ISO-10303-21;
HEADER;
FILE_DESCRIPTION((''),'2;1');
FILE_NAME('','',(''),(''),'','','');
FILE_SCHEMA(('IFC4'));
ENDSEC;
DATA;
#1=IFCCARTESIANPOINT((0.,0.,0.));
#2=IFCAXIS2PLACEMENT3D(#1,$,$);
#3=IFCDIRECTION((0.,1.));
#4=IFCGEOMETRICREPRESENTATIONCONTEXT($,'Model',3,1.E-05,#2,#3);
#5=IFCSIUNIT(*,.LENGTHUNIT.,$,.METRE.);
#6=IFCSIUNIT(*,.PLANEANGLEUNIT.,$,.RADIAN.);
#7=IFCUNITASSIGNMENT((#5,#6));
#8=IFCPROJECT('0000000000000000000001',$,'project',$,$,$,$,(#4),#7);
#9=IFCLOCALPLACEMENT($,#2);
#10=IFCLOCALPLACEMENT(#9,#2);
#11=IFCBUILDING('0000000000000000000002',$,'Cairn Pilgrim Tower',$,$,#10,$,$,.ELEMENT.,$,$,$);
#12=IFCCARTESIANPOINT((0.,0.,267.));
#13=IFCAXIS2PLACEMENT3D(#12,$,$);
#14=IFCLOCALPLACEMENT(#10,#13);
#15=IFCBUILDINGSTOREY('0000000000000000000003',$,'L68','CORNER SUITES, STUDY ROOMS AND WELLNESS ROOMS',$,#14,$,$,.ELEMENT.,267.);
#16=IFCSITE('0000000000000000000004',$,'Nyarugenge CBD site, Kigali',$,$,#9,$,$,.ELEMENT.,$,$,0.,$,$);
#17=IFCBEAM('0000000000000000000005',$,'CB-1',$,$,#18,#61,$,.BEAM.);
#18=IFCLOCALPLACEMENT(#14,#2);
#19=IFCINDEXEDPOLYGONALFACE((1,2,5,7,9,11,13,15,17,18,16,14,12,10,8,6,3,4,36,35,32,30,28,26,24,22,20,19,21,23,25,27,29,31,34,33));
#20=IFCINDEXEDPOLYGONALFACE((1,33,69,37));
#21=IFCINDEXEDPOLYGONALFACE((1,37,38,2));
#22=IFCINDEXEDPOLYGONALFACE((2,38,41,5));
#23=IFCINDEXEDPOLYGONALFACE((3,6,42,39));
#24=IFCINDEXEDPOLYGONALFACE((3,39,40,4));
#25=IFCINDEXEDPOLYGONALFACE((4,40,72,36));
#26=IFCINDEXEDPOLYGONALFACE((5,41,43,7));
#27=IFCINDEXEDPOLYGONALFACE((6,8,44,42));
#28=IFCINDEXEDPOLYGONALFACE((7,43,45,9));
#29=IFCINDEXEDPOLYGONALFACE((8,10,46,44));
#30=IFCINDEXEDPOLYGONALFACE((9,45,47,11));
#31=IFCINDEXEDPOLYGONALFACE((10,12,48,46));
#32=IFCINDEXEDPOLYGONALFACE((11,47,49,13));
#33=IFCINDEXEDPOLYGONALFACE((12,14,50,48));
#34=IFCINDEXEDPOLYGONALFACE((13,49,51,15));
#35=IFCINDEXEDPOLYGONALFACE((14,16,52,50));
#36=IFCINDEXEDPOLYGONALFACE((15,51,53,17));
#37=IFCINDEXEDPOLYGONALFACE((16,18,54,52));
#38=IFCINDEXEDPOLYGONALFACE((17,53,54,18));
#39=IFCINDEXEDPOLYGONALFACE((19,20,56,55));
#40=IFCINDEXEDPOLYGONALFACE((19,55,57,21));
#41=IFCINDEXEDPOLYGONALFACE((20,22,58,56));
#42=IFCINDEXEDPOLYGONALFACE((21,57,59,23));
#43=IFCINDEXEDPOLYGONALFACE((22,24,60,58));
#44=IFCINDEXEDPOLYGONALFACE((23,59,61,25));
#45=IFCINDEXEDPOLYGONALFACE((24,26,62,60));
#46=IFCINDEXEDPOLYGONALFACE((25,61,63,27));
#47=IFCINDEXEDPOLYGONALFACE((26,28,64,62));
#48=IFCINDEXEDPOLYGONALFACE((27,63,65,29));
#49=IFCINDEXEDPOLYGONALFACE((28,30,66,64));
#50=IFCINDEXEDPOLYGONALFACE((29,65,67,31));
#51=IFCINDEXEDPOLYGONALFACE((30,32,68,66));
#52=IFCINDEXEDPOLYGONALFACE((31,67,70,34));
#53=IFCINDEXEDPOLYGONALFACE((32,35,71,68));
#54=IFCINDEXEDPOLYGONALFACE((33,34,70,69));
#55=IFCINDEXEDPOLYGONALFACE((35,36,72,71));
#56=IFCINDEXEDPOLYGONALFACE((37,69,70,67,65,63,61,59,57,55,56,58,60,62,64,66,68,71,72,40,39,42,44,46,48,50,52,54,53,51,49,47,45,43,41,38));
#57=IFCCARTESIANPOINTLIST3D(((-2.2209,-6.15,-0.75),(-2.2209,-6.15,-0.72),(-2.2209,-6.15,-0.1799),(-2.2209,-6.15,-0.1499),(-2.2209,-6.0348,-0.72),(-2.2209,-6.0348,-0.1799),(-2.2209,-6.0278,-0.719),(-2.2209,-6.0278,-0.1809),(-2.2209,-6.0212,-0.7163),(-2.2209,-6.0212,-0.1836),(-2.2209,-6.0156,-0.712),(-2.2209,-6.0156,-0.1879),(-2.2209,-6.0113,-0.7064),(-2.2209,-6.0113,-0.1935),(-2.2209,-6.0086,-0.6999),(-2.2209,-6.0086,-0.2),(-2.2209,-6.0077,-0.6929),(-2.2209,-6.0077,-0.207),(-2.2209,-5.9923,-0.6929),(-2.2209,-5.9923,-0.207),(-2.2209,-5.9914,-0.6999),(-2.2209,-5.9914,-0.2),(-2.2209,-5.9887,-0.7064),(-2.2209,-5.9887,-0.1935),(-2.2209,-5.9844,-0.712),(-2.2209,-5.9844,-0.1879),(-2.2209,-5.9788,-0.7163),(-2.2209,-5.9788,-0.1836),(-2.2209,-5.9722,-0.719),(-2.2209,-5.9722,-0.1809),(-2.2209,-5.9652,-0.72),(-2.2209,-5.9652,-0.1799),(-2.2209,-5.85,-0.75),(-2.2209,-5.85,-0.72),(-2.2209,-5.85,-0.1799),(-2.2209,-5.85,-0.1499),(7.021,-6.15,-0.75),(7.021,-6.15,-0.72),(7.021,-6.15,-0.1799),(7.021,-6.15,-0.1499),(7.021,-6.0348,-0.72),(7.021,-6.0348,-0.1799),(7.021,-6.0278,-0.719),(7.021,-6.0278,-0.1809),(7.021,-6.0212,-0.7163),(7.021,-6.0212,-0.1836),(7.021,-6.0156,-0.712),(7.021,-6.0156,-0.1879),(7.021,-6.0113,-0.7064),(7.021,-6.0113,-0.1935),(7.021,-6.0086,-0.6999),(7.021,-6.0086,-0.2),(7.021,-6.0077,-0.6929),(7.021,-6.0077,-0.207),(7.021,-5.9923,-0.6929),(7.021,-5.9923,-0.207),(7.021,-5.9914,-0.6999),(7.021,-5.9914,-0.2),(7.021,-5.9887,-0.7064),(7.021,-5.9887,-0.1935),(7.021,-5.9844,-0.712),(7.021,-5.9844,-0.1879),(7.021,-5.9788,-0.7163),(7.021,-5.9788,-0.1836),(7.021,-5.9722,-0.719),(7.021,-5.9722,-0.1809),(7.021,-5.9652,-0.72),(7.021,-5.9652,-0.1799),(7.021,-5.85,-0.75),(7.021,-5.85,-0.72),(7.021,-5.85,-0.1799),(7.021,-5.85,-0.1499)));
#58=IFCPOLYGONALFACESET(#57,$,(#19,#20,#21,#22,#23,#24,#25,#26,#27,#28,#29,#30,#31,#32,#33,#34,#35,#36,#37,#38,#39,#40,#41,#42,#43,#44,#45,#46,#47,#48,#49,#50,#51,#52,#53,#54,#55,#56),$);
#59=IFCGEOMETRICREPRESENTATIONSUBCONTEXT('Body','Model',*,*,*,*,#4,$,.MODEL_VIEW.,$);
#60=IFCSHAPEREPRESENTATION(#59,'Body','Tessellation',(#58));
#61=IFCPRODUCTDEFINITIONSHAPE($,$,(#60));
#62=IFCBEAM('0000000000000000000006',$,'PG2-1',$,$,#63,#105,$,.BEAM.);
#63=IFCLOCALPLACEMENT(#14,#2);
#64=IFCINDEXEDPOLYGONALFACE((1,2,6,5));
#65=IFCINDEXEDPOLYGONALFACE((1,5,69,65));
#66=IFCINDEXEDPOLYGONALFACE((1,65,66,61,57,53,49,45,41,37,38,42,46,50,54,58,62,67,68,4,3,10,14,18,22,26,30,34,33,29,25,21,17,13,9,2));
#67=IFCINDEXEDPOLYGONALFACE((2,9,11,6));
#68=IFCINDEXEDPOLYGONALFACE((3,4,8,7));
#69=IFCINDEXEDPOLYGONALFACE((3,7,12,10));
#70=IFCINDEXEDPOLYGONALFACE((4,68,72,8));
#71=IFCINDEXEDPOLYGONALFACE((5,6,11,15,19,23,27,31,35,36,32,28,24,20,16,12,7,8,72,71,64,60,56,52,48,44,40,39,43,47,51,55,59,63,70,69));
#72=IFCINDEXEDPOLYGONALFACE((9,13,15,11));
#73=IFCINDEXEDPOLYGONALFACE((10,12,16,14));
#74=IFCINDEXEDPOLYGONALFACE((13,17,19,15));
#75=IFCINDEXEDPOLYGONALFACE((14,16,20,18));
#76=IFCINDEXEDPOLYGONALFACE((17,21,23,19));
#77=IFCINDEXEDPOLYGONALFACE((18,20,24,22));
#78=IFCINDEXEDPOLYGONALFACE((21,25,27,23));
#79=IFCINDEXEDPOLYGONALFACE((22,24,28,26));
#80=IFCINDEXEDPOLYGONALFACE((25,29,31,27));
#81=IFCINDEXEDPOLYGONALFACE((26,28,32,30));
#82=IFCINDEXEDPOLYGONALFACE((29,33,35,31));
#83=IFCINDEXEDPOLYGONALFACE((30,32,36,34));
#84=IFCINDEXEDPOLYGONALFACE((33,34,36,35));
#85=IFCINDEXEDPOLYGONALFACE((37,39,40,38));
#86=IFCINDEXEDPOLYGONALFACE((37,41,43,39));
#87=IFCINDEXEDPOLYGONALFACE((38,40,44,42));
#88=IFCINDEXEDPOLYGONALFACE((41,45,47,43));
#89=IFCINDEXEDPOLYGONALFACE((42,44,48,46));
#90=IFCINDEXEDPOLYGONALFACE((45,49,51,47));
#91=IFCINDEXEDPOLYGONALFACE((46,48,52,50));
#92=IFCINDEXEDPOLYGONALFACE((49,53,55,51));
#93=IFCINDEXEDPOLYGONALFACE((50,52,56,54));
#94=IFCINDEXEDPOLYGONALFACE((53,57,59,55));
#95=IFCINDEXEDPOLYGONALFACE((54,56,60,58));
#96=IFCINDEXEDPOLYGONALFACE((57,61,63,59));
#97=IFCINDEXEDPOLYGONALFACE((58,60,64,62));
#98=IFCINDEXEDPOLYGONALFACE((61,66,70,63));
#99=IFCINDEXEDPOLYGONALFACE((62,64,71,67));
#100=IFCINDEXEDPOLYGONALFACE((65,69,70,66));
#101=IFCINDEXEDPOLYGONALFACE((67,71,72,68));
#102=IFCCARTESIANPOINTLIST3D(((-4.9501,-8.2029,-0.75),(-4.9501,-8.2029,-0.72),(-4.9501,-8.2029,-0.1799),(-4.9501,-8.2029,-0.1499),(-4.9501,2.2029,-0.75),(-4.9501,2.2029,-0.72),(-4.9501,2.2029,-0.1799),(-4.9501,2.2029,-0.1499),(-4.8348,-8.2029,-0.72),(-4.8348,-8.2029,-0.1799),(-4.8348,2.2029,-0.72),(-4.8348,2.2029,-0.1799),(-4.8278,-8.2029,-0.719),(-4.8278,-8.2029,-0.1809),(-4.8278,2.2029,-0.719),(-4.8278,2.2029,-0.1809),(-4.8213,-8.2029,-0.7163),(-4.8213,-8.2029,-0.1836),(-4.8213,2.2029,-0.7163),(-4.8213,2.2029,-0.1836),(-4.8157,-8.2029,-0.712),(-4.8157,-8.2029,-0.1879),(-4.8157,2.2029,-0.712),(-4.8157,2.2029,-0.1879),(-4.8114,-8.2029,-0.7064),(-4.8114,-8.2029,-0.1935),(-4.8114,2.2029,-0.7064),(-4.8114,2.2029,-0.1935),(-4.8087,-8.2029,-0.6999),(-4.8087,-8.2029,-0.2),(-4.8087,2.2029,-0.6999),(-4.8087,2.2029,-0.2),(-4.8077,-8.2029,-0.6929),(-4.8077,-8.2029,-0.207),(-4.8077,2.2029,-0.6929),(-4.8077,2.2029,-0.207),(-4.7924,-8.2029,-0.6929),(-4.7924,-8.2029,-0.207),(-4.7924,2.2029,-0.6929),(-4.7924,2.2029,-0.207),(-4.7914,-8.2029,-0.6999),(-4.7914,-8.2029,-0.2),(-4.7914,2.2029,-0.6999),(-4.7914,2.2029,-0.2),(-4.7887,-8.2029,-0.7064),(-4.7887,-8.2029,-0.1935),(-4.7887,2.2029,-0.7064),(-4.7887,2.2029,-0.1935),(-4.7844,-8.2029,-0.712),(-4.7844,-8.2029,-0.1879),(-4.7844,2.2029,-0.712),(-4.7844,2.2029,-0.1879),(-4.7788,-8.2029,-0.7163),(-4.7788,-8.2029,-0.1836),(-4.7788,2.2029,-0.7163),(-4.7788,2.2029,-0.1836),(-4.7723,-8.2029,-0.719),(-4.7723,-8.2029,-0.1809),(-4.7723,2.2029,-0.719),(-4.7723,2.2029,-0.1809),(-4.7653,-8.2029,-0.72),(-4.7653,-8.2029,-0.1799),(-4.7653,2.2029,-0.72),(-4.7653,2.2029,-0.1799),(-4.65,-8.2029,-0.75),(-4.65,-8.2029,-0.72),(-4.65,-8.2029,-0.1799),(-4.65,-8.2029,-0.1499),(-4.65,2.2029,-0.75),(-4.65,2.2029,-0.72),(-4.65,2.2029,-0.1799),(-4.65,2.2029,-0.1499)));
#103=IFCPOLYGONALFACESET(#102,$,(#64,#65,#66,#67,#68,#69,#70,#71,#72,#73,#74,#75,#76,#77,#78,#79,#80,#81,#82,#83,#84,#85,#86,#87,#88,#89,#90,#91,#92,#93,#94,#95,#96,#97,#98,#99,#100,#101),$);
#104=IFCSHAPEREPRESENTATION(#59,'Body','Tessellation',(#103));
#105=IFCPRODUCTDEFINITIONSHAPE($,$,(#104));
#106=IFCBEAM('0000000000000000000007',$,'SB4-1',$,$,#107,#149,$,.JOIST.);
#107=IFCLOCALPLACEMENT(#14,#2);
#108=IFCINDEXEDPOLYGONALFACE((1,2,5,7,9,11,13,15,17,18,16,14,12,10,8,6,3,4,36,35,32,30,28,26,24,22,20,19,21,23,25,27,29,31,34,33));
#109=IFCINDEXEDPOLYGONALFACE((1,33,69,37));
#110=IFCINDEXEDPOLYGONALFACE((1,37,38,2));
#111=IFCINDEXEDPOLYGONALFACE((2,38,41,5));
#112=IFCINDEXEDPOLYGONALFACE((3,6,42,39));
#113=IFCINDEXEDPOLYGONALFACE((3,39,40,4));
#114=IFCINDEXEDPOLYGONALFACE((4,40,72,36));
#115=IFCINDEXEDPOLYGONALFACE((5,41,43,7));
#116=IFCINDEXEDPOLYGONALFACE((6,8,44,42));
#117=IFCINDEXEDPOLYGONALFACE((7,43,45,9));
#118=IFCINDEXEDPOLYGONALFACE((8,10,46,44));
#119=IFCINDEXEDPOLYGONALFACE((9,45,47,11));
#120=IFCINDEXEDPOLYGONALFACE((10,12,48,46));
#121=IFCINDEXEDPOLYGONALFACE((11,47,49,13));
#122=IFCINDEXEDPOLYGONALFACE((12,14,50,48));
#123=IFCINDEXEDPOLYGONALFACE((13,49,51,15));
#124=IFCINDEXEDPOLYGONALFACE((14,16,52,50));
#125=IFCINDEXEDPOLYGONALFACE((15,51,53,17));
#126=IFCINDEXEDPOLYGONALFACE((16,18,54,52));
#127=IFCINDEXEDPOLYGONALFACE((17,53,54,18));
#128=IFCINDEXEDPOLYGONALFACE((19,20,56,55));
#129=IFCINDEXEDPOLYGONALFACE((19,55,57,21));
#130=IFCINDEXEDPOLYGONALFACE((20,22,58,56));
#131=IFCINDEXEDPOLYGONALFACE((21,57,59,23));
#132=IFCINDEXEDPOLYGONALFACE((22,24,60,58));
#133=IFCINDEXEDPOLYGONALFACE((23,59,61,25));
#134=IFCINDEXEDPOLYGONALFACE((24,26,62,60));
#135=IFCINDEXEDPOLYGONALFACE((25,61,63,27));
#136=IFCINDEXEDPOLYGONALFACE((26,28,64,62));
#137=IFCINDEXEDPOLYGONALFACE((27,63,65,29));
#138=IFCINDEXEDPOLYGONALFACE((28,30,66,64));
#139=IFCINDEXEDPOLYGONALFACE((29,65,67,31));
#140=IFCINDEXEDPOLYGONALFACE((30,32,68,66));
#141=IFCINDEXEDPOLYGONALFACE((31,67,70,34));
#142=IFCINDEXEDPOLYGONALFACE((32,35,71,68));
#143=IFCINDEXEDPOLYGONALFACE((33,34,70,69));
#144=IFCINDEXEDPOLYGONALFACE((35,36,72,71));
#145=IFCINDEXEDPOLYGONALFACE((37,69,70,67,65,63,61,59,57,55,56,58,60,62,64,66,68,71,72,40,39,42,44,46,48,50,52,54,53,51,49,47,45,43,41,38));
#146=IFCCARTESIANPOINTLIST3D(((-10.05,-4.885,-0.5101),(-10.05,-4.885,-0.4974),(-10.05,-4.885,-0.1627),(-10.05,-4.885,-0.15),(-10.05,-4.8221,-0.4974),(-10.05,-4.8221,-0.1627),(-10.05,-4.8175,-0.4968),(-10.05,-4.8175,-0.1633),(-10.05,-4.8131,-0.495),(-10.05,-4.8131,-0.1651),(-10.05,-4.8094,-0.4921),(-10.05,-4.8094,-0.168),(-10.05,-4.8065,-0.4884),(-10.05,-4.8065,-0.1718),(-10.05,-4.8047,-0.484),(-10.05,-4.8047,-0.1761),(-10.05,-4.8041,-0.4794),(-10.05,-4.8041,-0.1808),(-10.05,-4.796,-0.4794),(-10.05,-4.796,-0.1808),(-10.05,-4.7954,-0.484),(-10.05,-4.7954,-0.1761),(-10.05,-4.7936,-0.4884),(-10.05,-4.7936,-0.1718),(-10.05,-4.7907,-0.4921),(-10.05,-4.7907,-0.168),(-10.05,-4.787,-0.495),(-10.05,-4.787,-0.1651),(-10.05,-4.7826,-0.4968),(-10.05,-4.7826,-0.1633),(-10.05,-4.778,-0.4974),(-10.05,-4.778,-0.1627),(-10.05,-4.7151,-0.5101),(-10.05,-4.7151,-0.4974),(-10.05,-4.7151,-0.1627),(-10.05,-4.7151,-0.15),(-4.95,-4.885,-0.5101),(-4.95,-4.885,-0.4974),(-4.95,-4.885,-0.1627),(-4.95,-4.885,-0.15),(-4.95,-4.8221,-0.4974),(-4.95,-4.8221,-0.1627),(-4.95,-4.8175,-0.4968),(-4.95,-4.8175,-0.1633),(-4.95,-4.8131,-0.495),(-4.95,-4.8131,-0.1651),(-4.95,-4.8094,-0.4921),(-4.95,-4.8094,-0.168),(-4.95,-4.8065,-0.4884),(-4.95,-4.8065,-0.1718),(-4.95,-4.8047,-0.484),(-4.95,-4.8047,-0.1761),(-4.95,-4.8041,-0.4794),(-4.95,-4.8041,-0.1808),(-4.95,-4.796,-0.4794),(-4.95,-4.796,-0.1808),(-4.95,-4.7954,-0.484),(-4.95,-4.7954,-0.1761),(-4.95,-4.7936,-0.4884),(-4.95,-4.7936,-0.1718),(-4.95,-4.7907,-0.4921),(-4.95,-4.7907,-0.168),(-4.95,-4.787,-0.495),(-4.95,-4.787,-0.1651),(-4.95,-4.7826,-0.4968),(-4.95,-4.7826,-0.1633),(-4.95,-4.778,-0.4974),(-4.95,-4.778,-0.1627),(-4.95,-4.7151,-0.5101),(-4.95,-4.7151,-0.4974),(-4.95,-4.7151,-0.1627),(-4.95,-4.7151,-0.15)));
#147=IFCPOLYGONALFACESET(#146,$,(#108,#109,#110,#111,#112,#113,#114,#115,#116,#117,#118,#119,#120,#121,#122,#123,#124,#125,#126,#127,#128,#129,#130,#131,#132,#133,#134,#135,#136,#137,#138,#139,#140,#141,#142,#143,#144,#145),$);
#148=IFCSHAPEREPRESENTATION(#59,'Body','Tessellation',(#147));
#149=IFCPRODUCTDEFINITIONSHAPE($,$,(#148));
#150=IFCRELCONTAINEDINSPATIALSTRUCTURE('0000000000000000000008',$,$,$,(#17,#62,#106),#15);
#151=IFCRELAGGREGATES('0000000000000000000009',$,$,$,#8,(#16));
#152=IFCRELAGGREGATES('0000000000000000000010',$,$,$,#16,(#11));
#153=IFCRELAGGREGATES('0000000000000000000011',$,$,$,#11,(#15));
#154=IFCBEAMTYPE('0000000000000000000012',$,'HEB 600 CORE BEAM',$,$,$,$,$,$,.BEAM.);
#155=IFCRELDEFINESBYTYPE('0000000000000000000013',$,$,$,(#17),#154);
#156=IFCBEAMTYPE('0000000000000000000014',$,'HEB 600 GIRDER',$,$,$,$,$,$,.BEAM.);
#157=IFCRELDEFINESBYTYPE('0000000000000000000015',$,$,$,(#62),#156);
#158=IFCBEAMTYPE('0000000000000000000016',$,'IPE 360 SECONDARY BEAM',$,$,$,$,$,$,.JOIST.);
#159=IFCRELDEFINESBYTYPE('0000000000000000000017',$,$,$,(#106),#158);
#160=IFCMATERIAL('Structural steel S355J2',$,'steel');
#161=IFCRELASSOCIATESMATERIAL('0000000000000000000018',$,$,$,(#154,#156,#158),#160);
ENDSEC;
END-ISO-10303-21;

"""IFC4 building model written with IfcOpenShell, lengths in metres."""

from ifc_helpers import new_model, si_unit, direction, frame, origin, origin_2d, place, context, subcontext, project, spatial, i_section, extrude, material, material_profile, profile_set, type_object, element, save


model = new_model("IFC4")

# Units and contexts
model_context = context("Model", 3, precision=1e-05, world=origin(), true_north=direction((0.0, 1.0)))
body_context = subcontext(model_context, "Body", "Model", "MODEL_VIEW")
ifc_project = project(units=[si_unit("LENGTHUNIT", "METRE"), si_unit("PLANEANGLEUNIT", "RADIAN")], contexts=[model_context])

# Site, building, storey
site_placement = place(None, origin())
site = spatial("IfcSite", under=ifc_project, at=site_placement, Name="Nyarugenge CBD site, Kigali", CompositionType="ELEMENT", RefElevation=0.0)
building_placement = place(site_placement, origin())
building = spatial("IfcBuilding", under=site, at=building_placement, Name="Cairn Pilgrim Tower", CompositionType="ELEMENT")
storey_placement = place(building_placement, frame((0.0, 0.0, 267.0)))
storey = spatial("IfcBuildingStorey", under=building, at=storey_placement, Name="L68", Description="CORNER SUITES, STUDY ROOMS AND WELLNESS ROOMS", CompositionType="ELEMENT", Elevation=267.0)

# Shared definitions
ifc_material_1 = material(Name="Structural steel S355J2", Category="steel")

# Beams
ifc_material_profile_1 = material_profile(ifc_material_1, i_section(OverallWidth=0.3, OverallDepth=0.6001, WebThickness=0.0154, FlangeThickness=0.03, FilletRadius=0.0271, at=origin_2d()), Name="HEB 600")
ifc_profile_set_1 = profile_set([ifc_material_profile_1], Name="Structural steel S355J2")
beam_type_1 = type_object("IfcBeamType", Name="HEB 600 CORE BEAM", PredefinedType="BEAM", material=ifc_profile_set_1)
beam_1_placement = place(storey_placement, frame((-2.2209, -6.0, -0.45), z_axis=(1.0, 0.0, 0.0), x_axis=(0.0, 1.0, 0.0)))
element("IfcBeam", 1, at=beam_1_placement, inside=storey, type_object=beam_type_1, Name="CB-1", PredefinedType="BEAM", context=body_context, shape_type="SweptSolid", body=[
    extrude(i_section(OverallWidth=0.3, OverallDepth=0.6001, WebThickness=0.0154, FlangeThickness=0.03, FilletRadius=0.0271, at=origin_2d()), origin(), (0.0, 0.0, 1.0), 9.2419),
])
ifc_material_profile_2 = material_profile(ifc_material_1, i_section(OverallWidth=0.3, OverallDepth=0.6001, WebThickness=0.0154, FlangeThickness=0.03, FilletRadius=0.0271, at=origin_2d()), Name="HEB 600")
ifc_profile_set_2 = profile_set([ifc_material_profile_2], Name="Structural steel S355J2")
beam_type_2 = type_object("IfcBeamType", Name="HEB 600 GIRDER", PredefinedType="BEAM", material=ifc_profile_set_2)
beam_2_placement = place(storey_placement, frame((-4.8, -8.2029, -0.45), z_axis=(0.0, 1.0, 0.0), x_axis=(-1.0, 0.0, 0.0)))
element("IfcBeam", 2, at=beam_2_placement, inside=storey, type_object=beam_type_2, Name="PG2-1", PredefinedType="BEAM", context=body_context, shape_type="SweptSolid", body=[
    extrude(i_section(OverallWidth=0.3, OverallDepth=0.6001, WebThickness=0.0154, FlangeThickness=0.03, FilletRadius=0.0271, at=origin_2d()), origin(), (0.0, 0.0, 1.0), 10.4058),
])
ifc_material_profile_3 = material_profile(ifc_material_1, i_section(OverallWidth=0.1699, OverallDepth=0.3601, WebThickness=0.0081, FlangeThickness=0.0127, FilletRadius=0.0181, at=origin_2d()), Name="IPE 360")
ifc_profile_set_3 = profile_set([ifc_material_profile_3], Name="Structural steel S355J2")
beam_type_3 = type_object("IfcBeamType", Name="IPE 360 SECONDARY BEAM", PredefinedType="JOIST", material=ifc_profile_set_3)
beam_3_placement = place(storey_placement, frame((-10.05, -4.8, -0.3301), z_axis=(1.0, 0.0, 0.0), x_axis=(0.0, 1.0, 0.0)))
element("IfcBeam", 3, at=beam_3_placement, inside=storey, type_object=beam_type_3, Name="SB4-1", PredefinedType="JOIST", context=body_context, shape_type="SweptSolid", body=[
    extrude(i_section(OverallWidth=0.1699, OverallDepth=0.3601, WebThickness=0.0081, FlangeThickness=0.0127, FilletRadius=0.0181, at=origin_2d()), origin(), (0.0, 0.0, 1.0), 5.1001),
])

save(model, "model.ifc")
